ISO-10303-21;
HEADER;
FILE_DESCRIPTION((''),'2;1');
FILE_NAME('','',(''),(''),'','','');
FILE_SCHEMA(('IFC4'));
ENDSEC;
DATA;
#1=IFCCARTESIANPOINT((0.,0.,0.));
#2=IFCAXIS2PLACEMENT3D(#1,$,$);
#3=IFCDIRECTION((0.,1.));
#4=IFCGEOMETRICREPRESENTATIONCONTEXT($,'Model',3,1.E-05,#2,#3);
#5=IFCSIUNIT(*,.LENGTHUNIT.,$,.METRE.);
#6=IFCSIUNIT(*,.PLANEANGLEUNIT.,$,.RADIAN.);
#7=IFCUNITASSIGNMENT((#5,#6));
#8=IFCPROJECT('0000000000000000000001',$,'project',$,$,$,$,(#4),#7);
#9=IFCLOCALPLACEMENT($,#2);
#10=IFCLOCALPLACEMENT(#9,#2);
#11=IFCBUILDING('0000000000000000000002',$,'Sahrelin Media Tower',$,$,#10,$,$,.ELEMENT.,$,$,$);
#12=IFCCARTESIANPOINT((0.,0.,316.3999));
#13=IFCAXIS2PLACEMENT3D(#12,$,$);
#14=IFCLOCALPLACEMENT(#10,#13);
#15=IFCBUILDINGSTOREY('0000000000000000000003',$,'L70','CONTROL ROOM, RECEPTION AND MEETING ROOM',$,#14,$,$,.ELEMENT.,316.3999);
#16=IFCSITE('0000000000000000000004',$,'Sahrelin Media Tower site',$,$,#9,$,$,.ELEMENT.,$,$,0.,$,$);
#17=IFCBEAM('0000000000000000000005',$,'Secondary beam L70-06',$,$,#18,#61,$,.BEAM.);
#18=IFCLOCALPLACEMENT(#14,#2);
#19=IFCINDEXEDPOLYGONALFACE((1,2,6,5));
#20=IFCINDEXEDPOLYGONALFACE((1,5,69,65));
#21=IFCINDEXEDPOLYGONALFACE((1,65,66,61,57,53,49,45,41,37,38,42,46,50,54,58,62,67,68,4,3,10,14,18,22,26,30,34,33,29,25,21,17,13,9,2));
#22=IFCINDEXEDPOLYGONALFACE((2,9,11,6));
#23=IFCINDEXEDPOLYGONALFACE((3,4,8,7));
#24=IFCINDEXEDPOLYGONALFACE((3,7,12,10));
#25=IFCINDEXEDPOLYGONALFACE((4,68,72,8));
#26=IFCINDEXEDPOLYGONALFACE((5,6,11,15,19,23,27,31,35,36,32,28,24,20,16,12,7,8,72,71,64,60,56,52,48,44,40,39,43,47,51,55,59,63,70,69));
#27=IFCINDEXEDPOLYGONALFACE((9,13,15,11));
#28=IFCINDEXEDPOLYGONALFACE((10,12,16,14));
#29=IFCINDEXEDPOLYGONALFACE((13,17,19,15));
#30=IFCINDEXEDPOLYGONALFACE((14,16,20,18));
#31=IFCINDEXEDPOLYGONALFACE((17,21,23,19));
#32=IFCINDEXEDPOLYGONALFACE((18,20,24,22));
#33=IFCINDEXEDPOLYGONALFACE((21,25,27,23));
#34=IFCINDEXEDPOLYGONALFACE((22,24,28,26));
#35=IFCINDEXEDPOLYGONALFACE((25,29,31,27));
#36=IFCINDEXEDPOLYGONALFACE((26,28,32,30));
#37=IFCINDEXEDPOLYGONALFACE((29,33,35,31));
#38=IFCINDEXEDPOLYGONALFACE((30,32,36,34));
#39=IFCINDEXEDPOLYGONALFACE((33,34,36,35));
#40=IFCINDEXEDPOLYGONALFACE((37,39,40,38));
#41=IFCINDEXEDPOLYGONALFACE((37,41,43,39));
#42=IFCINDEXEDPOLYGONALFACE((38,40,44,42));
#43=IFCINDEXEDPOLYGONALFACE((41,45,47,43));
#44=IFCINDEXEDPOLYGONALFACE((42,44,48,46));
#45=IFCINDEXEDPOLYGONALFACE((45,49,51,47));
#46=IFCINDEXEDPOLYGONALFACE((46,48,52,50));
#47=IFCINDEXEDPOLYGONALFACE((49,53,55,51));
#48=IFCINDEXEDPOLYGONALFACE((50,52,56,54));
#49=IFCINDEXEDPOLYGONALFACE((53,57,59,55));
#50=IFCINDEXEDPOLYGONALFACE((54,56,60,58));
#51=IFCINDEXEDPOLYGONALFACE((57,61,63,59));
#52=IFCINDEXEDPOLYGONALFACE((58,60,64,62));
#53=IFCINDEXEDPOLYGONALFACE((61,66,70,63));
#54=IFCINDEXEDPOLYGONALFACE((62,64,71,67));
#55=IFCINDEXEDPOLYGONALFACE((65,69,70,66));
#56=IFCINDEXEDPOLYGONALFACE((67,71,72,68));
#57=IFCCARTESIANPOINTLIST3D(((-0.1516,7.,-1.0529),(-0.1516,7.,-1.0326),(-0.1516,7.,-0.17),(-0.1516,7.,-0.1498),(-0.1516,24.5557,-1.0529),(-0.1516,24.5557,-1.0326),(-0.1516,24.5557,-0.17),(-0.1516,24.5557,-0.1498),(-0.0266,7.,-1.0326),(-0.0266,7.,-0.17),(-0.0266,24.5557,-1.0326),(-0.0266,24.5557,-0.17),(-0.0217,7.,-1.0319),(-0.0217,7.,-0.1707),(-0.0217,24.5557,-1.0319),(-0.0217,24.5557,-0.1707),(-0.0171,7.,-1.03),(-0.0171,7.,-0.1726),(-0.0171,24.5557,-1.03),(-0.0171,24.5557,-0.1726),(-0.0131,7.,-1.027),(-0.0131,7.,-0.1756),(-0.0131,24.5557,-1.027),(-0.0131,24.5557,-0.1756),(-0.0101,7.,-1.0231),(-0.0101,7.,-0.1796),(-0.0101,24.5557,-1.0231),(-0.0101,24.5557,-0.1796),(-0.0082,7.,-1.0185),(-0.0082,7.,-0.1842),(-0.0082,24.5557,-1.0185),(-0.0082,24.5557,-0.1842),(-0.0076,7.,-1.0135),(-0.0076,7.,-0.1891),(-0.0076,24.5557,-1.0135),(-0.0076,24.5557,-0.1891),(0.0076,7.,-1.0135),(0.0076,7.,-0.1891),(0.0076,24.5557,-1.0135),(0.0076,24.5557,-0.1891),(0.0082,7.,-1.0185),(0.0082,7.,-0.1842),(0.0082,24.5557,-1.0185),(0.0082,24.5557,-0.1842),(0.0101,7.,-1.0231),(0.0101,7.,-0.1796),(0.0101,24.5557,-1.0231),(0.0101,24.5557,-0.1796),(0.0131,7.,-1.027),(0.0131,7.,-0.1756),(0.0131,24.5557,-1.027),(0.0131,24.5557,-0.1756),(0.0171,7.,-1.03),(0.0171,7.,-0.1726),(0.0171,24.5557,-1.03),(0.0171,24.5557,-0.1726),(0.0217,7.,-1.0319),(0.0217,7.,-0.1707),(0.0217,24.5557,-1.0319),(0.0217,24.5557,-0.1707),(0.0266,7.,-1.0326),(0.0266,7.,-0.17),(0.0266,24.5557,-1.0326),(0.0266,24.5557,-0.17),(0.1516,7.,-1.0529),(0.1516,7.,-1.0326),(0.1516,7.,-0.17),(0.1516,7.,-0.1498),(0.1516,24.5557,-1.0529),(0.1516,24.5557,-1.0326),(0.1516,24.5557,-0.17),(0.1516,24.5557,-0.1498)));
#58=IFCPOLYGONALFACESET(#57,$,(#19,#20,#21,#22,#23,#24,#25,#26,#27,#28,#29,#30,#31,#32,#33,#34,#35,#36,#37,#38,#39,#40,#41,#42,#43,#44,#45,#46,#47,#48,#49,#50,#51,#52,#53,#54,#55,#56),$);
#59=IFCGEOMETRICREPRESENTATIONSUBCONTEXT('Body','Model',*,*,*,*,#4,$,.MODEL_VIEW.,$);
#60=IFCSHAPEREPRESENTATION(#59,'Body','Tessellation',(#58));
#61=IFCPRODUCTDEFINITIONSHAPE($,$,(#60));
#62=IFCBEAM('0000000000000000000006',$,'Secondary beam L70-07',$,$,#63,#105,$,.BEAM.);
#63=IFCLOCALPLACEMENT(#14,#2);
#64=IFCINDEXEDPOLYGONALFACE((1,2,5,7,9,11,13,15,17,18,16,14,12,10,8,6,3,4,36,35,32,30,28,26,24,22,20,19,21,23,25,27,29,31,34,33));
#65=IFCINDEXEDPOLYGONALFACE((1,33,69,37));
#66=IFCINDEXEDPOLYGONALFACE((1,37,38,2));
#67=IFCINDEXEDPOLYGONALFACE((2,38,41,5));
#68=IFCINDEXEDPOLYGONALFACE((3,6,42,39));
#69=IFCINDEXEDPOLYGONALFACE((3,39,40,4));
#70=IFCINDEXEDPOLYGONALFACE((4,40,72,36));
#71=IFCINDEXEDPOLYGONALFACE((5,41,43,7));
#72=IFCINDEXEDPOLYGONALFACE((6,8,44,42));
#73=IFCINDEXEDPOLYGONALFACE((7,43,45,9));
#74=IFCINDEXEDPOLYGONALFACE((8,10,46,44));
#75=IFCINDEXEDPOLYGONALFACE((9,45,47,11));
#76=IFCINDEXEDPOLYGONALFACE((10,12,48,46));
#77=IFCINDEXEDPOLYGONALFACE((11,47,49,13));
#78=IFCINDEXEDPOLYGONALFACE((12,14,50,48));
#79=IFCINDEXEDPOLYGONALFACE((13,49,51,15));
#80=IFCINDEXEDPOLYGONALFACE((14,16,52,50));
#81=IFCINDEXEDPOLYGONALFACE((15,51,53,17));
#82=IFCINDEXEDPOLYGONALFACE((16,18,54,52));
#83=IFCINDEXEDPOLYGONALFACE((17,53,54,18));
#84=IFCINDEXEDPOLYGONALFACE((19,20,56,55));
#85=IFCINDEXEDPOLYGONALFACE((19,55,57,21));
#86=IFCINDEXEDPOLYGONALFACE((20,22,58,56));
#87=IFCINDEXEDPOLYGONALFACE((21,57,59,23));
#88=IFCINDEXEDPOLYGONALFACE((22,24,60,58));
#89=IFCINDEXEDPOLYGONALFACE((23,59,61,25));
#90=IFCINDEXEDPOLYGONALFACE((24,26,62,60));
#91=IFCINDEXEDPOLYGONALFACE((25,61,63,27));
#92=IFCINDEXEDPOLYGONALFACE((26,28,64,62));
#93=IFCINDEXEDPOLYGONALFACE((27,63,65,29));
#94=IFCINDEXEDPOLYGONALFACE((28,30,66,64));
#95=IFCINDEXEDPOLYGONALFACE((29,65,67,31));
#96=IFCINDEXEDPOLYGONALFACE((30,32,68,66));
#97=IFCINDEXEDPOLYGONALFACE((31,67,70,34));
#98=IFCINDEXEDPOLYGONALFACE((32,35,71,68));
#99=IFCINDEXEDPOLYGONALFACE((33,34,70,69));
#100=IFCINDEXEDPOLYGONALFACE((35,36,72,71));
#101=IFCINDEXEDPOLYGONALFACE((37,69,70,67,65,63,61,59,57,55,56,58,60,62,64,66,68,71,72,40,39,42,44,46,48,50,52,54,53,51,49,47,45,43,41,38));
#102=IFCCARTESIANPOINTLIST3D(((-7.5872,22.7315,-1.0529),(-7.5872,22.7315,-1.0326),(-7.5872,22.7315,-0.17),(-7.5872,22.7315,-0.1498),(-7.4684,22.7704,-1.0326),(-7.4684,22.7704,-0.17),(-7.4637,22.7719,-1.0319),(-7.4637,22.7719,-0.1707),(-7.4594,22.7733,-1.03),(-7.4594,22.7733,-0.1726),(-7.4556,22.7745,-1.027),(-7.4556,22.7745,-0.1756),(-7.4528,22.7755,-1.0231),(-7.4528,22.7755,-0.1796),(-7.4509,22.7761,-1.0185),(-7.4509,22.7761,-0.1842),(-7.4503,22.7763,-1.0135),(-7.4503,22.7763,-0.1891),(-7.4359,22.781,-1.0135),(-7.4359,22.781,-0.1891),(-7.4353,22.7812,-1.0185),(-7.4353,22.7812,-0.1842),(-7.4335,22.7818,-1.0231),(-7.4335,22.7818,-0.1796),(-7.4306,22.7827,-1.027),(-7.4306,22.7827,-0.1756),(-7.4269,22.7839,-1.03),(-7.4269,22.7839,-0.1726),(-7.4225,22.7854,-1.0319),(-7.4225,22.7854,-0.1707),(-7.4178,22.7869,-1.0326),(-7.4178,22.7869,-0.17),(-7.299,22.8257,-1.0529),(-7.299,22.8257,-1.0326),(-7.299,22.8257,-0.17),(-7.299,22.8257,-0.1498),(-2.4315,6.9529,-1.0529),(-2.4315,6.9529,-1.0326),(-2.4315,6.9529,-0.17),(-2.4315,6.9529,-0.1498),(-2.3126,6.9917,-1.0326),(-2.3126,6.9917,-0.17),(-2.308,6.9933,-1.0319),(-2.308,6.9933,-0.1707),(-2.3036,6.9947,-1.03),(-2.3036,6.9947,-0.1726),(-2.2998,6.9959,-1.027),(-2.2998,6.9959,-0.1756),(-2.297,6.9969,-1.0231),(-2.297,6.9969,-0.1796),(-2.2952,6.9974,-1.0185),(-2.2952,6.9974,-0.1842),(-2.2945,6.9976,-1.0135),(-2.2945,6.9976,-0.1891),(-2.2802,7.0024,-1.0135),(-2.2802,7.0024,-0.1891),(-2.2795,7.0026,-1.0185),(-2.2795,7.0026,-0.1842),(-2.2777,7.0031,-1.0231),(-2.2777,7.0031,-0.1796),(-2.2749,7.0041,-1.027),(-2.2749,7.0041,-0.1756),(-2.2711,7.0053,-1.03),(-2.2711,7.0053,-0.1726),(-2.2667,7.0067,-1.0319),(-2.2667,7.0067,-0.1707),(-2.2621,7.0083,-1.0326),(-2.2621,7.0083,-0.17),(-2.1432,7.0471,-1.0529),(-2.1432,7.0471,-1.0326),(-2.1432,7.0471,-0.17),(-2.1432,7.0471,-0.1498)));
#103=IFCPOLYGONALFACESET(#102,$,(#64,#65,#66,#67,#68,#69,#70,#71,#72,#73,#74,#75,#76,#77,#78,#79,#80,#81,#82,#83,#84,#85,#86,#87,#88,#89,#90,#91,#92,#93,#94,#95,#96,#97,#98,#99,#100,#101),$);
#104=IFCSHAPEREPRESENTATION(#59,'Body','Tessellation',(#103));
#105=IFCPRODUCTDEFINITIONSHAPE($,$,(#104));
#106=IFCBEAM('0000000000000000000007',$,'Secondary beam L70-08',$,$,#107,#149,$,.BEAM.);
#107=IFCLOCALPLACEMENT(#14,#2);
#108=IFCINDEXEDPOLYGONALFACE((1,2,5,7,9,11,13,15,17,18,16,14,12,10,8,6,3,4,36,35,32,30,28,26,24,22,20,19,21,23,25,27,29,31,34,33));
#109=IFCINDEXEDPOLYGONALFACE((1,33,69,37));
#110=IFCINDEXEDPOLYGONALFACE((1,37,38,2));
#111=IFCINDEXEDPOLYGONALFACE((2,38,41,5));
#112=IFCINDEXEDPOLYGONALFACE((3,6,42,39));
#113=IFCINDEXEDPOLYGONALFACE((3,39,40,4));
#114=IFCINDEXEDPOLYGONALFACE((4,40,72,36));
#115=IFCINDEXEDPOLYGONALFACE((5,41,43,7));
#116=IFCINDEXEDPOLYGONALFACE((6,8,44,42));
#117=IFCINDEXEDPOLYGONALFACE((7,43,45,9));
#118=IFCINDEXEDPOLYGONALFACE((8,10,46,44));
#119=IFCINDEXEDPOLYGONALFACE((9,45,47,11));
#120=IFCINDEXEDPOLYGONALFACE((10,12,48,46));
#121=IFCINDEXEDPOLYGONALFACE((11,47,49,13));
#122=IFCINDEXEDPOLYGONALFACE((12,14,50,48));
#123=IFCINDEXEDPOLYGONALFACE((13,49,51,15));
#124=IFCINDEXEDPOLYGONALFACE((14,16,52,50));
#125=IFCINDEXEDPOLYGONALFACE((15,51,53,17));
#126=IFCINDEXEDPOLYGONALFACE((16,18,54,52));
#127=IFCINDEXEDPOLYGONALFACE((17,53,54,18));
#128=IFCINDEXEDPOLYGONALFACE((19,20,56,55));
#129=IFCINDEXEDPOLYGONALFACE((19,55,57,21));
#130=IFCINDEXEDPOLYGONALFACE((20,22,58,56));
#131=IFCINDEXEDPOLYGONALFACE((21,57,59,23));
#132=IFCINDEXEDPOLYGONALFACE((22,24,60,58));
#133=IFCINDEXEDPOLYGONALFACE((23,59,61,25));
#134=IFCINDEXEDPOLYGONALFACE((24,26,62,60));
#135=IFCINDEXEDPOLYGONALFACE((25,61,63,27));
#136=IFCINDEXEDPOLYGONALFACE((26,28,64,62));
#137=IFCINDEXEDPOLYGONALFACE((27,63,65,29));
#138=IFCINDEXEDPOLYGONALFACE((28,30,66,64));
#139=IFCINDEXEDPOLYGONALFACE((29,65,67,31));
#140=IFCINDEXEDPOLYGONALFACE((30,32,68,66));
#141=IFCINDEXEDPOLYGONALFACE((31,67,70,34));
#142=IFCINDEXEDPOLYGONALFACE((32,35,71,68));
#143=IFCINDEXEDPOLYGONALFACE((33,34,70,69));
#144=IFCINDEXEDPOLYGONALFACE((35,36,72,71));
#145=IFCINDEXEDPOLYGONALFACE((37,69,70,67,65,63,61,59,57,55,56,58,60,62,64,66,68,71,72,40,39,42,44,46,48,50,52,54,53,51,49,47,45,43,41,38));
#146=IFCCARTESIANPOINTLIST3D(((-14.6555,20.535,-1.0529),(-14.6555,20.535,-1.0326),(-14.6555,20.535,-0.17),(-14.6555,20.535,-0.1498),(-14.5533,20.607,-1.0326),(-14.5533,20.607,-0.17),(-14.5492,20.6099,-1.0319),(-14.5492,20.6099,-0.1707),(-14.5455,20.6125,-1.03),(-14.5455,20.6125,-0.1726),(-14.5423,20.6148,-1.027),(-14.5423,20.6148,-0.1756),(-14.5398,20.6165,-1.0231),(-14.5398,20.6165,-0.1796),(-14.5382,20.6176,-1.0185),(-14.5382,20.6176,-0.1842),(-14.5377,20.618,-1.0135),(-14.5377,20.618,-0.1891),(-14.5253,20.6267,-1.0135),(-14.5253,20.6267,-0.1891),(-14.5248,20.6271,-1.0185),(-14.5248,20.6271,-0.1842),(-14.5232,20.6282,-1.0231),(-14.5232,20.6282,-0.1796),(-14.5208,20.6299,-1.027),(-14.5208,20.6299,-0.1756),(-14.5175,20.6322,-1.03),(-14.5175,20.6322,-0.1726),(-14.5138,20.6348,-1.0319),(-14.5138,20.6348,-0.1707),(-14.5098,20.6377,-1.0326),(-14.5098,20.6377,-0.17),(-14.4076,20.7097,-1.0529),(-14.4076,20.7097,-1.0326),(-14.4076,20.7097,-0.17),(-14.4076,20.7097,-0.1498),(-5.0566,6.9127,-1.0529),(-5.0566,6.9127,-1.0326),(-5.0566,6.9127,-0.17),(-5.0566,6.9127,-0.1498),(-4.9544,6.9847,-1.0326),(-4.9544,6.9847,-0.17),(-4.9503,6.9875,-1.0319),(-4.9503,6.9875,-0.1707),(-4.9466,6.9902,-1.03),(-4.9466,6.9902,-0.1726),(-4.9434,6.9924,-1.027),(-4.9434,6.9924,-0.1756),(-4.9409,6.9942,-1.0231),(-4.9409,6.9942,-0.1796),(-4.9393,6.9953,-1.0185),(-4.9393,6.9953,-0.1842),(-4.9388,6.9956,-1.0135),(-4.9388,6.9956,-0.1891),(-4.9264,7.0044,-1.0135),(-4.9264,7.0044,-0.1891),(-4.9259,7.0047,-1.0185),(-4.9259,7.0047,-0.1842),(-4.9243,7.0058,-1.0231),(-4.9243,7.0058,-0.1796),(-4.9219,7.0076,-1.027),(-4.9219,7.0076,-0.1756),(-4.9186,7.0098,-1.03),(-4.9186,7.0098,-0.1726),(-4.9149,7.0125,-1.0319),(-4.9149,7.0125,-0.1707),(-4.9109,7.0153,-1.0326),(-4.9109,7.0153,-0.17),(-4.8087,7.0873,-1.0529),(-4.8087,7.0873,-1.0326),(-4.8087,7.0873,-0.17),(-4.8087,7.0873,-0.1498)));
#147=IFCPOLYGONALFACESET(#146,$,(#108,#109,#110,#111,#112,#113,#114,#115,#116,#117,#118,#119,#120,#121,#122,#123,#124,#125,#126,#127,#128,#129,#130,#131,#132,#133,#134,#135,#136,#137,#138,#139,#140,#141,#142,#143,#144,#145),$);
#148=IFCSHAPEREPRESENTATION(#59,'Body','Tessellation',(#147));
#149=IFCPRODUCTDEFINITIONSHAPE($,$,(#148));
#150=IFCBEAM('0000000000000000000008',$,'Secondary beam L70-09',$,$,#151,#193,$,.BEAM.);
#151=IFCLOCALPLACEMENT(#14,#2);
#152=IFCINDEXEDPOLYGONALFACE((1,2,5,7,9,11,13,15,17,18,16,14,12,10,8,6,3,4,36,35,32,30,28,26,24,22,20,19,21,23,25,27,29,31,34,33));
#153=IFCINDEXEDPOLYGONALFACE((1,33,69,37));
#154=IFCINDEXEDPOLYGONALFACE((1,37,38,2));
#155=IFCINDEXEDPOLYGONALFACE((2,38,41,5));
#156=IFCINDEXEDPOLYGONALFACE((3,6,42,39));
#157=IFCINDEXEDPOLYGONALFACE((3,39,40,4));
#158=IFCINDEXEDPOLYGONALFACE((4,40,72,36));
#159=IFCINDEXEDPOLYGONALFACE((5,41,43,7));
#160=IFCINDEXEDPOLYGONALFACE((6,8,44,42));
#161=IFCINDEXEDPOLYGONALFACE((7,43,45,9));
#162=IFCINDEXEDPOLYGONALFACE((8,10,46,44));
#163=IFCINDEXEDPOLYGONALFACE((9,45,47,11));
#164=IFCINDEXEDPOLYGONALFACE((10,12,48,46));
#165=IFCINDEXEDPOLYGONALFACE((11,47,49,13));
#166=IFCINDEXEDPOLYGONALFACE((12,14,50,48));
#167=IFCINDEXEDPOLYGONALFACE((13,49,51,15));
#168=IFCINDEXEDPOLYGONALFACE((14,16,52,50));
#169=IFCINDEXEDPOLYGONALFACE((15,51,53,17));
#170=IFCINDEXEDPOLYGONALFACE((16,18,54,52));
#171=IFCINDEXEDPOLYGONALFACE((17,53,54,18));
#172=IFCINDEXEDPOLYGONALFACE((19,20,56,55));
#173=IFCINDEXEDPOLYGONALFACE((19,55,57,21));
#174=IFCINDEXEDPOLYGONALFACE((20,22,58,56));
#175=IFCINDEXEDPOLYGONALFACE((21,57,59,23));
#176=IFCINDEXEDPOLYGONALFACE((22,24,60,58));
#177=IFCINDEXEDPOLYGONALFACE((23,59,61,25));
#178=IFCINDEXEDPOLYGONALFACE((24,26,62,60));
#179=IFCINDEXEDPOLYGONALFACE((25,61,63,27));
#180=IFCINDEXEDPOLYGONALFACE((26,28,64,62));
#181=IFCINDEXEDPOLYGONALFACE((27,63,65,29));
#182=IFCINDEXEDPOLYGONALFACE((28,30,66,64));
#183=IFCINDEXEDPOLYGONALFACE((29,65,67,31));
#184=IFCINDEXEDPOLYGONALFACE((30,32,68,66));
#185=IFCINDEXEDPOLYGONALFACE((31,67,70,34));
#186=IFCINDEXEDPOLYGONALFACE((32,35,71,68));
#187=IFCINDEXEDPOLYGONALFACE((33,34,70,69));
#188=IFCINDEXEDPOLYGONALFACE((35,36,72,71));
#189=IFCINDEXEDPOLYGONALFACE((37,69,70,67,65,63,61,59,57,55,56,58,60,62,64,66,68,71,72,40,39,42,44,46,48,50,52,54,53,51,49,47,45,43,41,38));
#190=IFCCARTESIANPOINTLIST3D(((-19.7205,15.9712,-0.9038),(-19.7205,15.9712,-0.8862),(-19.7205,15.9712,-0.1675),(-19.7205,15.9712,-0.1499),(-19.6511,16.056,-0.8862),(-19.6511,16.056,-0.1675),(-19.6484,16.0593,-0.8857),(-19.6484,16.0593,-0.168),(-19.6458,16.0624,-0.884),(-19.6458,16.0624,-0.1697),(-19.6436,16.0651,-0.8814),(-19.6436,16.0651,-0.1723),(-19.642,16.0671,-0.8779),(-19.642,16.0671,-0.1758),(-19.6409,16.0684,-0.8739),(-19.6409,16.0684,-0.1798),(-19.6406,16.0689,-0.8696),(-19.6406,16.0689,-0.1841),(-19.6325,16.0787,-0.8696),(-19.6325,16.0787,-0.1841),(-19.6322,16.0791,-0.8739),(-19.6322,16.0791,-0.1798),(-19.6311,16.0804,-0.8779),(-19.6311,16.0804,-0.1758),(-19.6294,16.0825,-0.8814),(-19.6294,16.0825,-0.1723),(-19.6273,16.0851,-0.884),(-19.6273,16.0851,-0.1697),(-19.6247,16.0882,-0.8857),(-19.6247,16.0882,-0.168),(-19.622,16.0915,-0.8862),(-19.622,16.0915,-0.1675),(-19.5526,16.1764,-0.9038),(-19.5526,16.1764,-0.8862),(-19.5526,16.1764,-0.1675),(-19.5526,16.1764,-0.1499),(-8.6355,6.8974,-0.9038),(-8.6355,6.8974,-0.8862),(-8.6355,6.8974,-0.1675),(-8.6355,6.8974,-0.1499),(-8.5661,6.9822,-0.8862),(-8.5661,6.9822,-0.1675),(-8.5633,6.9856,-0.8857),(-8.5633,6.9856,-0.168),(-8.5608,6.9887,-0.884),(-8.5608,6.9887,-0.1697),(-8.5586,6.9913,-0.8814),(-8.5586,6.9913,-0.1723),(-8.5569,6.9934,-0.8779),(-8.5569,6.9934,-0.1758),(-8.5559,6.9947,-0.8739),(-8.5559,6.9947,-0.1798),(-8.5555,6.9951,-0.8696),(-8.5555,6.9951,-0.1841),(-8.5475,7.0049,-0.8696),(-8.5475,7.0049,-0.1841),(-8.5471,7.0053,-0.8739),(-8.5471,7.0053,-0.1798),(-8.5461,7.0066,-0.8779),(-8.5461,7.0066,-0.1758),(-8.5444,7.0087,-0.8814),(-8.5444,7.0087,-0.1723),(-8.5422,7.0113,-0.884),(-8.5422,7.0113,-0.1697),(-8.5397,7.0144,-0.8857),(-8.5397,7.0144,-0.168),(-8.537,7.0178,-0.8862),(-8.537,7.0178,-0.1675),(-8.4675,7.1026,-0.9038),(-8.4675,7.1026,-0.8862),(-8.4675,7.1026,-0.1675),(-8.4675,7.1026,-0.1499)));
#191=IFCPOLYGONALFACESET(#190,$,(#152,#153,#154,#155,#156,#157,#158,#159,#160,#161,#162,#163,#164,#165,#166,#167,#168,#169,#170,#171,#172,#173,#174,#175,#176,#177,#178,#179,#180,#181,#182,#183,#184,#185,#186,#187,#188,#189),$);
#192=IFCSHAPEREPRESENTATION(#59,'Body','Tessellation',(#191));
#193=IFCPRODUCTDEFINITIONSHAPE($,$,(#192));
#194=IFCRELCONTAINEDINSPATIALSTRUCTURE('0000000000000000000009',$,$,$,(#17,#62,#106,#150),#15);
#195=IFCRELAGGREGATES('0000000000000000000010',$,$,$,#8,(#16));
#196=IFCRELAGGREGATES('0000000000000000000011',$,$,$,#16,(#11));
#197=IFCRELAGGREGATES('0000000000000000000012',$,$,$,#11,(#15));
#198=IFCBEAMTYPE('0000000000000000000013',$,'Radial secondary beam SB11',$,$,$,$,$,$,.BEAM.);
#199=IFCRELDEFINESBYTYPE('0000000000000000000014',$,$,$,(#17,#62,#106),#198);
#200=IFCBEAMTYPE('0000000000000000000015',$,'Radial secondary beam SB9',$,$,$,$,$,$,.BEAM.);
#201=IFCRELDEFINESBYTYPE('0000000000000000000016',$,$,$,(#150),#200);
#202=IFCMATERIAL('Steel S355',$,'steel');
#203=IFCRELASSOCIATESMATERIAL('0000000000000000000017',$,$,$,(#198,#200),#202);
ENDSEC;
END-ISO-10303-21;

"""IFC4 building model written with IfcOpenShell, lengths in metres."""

from ifc_helpers import new_model, si_unit, direction, frame, origin, origin_2d, place, context, subcontext, project, spatial, i_section, extrude, material, material_profile, profile_set, type_object, element, save


model = new_model("IFC4")

# Units and contexts
model_context = context("Model", 3, precision=1e-05, world=origin(), true_north=direction((0.0, 1.0)))
body_context = subcontext(model_context, "Body", "Model", "MODEL_VIEW")
ifc_project = project(units=[si_unit("LENGTHUNIT", "METRE"), si_unit("PLANEANGLEUNIT", "RADIAN")], contexts=[model_context])

# Site, building, storey
site_placement = place(None, origin())
site = spatial("IfcSite", under=ifc_project, at=site_placement, Name="Sahrelin Media Tower site", CompositionType="ELEMENT", RefElevation=0.0)
building_placement = place(site_placement, origin())
building = spatial("IfcBuilding", under=site, at=building_placement, Name="Sahrelin Media Tower", CompositionType="ELEMENT")
storey_placement = place(building_placement, frame((0.0, 0.0, 316.3999)))
storey = spatial("IfcBuildingStorey", under=building, at=storey_placement, Name="L70", Description="CONTROL ROOM, RECEPTION AND MEETING ROOM", CompositionType="ELEMENT", Elevation=316.3999)

# Shared definitions
ifc_material_1 = material(Name="Steel S355", Category="steel")

# Beams
ifc_material_profile_1 = material_profile(ifc_material_1, i_section(OverallWidth=0.3032, OverallDepth=0.9031, WebThickness=0.0151, FlangeThickness=0.0203, FilletRadius=0.019, at=origin_2d()), Name="UB 914x305x201")
ifc_profile_set_1 = profile_set([ifc_material_profile_1], Name="Steel S355")
beam_type_1 = type_object("IfcBeamType", Name="Radial secondary beam SB11", PredefinedType="BEAM", material=ifc_profile_set_1)
beam_1_placement = place(storey_placement, frame((0.0, 7.0, -0.6013), z_axis=(0.0, 1.0, 0.0), x_axis=(-1.0, 0.0, 0.0)))
element("IfcBeam", 1, at=beam_1_placement, inside=storey, type_object=beam_type_1, Name="Secondary beam L70-06", PredefinedType="BEAM", context=body_context, shape_type="SweptSolid", body=[
    extrude(i_section(OverallWidth=0.3032, OverallDepth=0.9031, WebThickness=0.0151, FlangeThickness=0.0203, FilletRadius=0.019, at=origin_2d()), origin(), (0.0, 0.0, 1.0), 17.5557),
])
beam_2_placement = place(storey_placement, frame((-2.2874, 7.0, -0.6013), z_axis=(-0.310597, 0.950542, 0.0), x_axis=(-0.950542, -0.310597, 0.0)))
element("IfcBeam", 2, at=beam_2_placement, inside=storey, type_object=beam_type_1, Name="Secondary beam L70-07", PredefinedType="BEAM", context=body_context, shape_type="SweptSolid", body=[
    extrude(i_section(OverallWidth=0.3032, OverallDepth=0.9031, WebThickness=0.0151, FlangeThickness=0.0203, FilletRadius=0.019, at=origin_2d()), origin(), (0.0, 0.0, 1.0), 16.5996),
])
beam_3_placement = place(storey_placement, frame((-4.9326, 7.0, -0.6013), z_axis=(-0.576007, 0.817445, 0.0), x_axis=(-0.817445, -0.576007, 0.0)))
element("IfcBeam", 3, at=beam_3_placement, inside=storey, type_object=beam_type_1, Name="Secondary beam L70-08", PredefinedType="BEAM", context=body_context, shape_type="SweptSolid", body=[
    extrude(i_section(OverallWidth=0.3032, OverallDepth=0.9031, WebThickness=0.0151, FlangeThickness=0.0203, FilletRadius=0.019, at=origin_2d()), origin(), (0.0, 0.0, 1.0), 16.6646),
])
ifc_material_profile_2 = material_profile(ifc_material_1, i_section(OverallWidth=0.2651, OverallDepth=0.7539, WebThickness=0.0127, FlangeThickness=0.0176, FilletRadius=0.0166, at=origin_2d()), Name="UB 762x267x147")
ifc_profile_set_2 = profile_set([ifc_material_profile_2], Name="Steel S355")
beam_type_2 = type_object("IfcBeamType", Name="Radial secondary beam SB9", PredefinedType="BEAM", material=ifc_profile_set_2)
beam_4_placement = place(storey_placement, frame((-8.5515, 7.0, -0.5269), z_axis=(-0.773813, 0.633414, 0.0), x_axis=(-0.633414, -0.773813, 0.0)))
element("IfcBeam", 4, at=beam_4_placement, inside=storey, type_object=beam_type_2, Name="Secondary beam L70-09", PredefinedType="BEAM", context=body_context, shape_type="SweptSolid", body=[
    extrude(i_section(OverallWidth=0.2651, OverallDepth=0.7539, WebThickness=0.0127, FlangeThickness=0.0176, FilletRadius=0.0166, at=origin_2d()), origin(), (0.0, 0.0, 1.0), 14.3252),
])

save(model, "model.ifc")
